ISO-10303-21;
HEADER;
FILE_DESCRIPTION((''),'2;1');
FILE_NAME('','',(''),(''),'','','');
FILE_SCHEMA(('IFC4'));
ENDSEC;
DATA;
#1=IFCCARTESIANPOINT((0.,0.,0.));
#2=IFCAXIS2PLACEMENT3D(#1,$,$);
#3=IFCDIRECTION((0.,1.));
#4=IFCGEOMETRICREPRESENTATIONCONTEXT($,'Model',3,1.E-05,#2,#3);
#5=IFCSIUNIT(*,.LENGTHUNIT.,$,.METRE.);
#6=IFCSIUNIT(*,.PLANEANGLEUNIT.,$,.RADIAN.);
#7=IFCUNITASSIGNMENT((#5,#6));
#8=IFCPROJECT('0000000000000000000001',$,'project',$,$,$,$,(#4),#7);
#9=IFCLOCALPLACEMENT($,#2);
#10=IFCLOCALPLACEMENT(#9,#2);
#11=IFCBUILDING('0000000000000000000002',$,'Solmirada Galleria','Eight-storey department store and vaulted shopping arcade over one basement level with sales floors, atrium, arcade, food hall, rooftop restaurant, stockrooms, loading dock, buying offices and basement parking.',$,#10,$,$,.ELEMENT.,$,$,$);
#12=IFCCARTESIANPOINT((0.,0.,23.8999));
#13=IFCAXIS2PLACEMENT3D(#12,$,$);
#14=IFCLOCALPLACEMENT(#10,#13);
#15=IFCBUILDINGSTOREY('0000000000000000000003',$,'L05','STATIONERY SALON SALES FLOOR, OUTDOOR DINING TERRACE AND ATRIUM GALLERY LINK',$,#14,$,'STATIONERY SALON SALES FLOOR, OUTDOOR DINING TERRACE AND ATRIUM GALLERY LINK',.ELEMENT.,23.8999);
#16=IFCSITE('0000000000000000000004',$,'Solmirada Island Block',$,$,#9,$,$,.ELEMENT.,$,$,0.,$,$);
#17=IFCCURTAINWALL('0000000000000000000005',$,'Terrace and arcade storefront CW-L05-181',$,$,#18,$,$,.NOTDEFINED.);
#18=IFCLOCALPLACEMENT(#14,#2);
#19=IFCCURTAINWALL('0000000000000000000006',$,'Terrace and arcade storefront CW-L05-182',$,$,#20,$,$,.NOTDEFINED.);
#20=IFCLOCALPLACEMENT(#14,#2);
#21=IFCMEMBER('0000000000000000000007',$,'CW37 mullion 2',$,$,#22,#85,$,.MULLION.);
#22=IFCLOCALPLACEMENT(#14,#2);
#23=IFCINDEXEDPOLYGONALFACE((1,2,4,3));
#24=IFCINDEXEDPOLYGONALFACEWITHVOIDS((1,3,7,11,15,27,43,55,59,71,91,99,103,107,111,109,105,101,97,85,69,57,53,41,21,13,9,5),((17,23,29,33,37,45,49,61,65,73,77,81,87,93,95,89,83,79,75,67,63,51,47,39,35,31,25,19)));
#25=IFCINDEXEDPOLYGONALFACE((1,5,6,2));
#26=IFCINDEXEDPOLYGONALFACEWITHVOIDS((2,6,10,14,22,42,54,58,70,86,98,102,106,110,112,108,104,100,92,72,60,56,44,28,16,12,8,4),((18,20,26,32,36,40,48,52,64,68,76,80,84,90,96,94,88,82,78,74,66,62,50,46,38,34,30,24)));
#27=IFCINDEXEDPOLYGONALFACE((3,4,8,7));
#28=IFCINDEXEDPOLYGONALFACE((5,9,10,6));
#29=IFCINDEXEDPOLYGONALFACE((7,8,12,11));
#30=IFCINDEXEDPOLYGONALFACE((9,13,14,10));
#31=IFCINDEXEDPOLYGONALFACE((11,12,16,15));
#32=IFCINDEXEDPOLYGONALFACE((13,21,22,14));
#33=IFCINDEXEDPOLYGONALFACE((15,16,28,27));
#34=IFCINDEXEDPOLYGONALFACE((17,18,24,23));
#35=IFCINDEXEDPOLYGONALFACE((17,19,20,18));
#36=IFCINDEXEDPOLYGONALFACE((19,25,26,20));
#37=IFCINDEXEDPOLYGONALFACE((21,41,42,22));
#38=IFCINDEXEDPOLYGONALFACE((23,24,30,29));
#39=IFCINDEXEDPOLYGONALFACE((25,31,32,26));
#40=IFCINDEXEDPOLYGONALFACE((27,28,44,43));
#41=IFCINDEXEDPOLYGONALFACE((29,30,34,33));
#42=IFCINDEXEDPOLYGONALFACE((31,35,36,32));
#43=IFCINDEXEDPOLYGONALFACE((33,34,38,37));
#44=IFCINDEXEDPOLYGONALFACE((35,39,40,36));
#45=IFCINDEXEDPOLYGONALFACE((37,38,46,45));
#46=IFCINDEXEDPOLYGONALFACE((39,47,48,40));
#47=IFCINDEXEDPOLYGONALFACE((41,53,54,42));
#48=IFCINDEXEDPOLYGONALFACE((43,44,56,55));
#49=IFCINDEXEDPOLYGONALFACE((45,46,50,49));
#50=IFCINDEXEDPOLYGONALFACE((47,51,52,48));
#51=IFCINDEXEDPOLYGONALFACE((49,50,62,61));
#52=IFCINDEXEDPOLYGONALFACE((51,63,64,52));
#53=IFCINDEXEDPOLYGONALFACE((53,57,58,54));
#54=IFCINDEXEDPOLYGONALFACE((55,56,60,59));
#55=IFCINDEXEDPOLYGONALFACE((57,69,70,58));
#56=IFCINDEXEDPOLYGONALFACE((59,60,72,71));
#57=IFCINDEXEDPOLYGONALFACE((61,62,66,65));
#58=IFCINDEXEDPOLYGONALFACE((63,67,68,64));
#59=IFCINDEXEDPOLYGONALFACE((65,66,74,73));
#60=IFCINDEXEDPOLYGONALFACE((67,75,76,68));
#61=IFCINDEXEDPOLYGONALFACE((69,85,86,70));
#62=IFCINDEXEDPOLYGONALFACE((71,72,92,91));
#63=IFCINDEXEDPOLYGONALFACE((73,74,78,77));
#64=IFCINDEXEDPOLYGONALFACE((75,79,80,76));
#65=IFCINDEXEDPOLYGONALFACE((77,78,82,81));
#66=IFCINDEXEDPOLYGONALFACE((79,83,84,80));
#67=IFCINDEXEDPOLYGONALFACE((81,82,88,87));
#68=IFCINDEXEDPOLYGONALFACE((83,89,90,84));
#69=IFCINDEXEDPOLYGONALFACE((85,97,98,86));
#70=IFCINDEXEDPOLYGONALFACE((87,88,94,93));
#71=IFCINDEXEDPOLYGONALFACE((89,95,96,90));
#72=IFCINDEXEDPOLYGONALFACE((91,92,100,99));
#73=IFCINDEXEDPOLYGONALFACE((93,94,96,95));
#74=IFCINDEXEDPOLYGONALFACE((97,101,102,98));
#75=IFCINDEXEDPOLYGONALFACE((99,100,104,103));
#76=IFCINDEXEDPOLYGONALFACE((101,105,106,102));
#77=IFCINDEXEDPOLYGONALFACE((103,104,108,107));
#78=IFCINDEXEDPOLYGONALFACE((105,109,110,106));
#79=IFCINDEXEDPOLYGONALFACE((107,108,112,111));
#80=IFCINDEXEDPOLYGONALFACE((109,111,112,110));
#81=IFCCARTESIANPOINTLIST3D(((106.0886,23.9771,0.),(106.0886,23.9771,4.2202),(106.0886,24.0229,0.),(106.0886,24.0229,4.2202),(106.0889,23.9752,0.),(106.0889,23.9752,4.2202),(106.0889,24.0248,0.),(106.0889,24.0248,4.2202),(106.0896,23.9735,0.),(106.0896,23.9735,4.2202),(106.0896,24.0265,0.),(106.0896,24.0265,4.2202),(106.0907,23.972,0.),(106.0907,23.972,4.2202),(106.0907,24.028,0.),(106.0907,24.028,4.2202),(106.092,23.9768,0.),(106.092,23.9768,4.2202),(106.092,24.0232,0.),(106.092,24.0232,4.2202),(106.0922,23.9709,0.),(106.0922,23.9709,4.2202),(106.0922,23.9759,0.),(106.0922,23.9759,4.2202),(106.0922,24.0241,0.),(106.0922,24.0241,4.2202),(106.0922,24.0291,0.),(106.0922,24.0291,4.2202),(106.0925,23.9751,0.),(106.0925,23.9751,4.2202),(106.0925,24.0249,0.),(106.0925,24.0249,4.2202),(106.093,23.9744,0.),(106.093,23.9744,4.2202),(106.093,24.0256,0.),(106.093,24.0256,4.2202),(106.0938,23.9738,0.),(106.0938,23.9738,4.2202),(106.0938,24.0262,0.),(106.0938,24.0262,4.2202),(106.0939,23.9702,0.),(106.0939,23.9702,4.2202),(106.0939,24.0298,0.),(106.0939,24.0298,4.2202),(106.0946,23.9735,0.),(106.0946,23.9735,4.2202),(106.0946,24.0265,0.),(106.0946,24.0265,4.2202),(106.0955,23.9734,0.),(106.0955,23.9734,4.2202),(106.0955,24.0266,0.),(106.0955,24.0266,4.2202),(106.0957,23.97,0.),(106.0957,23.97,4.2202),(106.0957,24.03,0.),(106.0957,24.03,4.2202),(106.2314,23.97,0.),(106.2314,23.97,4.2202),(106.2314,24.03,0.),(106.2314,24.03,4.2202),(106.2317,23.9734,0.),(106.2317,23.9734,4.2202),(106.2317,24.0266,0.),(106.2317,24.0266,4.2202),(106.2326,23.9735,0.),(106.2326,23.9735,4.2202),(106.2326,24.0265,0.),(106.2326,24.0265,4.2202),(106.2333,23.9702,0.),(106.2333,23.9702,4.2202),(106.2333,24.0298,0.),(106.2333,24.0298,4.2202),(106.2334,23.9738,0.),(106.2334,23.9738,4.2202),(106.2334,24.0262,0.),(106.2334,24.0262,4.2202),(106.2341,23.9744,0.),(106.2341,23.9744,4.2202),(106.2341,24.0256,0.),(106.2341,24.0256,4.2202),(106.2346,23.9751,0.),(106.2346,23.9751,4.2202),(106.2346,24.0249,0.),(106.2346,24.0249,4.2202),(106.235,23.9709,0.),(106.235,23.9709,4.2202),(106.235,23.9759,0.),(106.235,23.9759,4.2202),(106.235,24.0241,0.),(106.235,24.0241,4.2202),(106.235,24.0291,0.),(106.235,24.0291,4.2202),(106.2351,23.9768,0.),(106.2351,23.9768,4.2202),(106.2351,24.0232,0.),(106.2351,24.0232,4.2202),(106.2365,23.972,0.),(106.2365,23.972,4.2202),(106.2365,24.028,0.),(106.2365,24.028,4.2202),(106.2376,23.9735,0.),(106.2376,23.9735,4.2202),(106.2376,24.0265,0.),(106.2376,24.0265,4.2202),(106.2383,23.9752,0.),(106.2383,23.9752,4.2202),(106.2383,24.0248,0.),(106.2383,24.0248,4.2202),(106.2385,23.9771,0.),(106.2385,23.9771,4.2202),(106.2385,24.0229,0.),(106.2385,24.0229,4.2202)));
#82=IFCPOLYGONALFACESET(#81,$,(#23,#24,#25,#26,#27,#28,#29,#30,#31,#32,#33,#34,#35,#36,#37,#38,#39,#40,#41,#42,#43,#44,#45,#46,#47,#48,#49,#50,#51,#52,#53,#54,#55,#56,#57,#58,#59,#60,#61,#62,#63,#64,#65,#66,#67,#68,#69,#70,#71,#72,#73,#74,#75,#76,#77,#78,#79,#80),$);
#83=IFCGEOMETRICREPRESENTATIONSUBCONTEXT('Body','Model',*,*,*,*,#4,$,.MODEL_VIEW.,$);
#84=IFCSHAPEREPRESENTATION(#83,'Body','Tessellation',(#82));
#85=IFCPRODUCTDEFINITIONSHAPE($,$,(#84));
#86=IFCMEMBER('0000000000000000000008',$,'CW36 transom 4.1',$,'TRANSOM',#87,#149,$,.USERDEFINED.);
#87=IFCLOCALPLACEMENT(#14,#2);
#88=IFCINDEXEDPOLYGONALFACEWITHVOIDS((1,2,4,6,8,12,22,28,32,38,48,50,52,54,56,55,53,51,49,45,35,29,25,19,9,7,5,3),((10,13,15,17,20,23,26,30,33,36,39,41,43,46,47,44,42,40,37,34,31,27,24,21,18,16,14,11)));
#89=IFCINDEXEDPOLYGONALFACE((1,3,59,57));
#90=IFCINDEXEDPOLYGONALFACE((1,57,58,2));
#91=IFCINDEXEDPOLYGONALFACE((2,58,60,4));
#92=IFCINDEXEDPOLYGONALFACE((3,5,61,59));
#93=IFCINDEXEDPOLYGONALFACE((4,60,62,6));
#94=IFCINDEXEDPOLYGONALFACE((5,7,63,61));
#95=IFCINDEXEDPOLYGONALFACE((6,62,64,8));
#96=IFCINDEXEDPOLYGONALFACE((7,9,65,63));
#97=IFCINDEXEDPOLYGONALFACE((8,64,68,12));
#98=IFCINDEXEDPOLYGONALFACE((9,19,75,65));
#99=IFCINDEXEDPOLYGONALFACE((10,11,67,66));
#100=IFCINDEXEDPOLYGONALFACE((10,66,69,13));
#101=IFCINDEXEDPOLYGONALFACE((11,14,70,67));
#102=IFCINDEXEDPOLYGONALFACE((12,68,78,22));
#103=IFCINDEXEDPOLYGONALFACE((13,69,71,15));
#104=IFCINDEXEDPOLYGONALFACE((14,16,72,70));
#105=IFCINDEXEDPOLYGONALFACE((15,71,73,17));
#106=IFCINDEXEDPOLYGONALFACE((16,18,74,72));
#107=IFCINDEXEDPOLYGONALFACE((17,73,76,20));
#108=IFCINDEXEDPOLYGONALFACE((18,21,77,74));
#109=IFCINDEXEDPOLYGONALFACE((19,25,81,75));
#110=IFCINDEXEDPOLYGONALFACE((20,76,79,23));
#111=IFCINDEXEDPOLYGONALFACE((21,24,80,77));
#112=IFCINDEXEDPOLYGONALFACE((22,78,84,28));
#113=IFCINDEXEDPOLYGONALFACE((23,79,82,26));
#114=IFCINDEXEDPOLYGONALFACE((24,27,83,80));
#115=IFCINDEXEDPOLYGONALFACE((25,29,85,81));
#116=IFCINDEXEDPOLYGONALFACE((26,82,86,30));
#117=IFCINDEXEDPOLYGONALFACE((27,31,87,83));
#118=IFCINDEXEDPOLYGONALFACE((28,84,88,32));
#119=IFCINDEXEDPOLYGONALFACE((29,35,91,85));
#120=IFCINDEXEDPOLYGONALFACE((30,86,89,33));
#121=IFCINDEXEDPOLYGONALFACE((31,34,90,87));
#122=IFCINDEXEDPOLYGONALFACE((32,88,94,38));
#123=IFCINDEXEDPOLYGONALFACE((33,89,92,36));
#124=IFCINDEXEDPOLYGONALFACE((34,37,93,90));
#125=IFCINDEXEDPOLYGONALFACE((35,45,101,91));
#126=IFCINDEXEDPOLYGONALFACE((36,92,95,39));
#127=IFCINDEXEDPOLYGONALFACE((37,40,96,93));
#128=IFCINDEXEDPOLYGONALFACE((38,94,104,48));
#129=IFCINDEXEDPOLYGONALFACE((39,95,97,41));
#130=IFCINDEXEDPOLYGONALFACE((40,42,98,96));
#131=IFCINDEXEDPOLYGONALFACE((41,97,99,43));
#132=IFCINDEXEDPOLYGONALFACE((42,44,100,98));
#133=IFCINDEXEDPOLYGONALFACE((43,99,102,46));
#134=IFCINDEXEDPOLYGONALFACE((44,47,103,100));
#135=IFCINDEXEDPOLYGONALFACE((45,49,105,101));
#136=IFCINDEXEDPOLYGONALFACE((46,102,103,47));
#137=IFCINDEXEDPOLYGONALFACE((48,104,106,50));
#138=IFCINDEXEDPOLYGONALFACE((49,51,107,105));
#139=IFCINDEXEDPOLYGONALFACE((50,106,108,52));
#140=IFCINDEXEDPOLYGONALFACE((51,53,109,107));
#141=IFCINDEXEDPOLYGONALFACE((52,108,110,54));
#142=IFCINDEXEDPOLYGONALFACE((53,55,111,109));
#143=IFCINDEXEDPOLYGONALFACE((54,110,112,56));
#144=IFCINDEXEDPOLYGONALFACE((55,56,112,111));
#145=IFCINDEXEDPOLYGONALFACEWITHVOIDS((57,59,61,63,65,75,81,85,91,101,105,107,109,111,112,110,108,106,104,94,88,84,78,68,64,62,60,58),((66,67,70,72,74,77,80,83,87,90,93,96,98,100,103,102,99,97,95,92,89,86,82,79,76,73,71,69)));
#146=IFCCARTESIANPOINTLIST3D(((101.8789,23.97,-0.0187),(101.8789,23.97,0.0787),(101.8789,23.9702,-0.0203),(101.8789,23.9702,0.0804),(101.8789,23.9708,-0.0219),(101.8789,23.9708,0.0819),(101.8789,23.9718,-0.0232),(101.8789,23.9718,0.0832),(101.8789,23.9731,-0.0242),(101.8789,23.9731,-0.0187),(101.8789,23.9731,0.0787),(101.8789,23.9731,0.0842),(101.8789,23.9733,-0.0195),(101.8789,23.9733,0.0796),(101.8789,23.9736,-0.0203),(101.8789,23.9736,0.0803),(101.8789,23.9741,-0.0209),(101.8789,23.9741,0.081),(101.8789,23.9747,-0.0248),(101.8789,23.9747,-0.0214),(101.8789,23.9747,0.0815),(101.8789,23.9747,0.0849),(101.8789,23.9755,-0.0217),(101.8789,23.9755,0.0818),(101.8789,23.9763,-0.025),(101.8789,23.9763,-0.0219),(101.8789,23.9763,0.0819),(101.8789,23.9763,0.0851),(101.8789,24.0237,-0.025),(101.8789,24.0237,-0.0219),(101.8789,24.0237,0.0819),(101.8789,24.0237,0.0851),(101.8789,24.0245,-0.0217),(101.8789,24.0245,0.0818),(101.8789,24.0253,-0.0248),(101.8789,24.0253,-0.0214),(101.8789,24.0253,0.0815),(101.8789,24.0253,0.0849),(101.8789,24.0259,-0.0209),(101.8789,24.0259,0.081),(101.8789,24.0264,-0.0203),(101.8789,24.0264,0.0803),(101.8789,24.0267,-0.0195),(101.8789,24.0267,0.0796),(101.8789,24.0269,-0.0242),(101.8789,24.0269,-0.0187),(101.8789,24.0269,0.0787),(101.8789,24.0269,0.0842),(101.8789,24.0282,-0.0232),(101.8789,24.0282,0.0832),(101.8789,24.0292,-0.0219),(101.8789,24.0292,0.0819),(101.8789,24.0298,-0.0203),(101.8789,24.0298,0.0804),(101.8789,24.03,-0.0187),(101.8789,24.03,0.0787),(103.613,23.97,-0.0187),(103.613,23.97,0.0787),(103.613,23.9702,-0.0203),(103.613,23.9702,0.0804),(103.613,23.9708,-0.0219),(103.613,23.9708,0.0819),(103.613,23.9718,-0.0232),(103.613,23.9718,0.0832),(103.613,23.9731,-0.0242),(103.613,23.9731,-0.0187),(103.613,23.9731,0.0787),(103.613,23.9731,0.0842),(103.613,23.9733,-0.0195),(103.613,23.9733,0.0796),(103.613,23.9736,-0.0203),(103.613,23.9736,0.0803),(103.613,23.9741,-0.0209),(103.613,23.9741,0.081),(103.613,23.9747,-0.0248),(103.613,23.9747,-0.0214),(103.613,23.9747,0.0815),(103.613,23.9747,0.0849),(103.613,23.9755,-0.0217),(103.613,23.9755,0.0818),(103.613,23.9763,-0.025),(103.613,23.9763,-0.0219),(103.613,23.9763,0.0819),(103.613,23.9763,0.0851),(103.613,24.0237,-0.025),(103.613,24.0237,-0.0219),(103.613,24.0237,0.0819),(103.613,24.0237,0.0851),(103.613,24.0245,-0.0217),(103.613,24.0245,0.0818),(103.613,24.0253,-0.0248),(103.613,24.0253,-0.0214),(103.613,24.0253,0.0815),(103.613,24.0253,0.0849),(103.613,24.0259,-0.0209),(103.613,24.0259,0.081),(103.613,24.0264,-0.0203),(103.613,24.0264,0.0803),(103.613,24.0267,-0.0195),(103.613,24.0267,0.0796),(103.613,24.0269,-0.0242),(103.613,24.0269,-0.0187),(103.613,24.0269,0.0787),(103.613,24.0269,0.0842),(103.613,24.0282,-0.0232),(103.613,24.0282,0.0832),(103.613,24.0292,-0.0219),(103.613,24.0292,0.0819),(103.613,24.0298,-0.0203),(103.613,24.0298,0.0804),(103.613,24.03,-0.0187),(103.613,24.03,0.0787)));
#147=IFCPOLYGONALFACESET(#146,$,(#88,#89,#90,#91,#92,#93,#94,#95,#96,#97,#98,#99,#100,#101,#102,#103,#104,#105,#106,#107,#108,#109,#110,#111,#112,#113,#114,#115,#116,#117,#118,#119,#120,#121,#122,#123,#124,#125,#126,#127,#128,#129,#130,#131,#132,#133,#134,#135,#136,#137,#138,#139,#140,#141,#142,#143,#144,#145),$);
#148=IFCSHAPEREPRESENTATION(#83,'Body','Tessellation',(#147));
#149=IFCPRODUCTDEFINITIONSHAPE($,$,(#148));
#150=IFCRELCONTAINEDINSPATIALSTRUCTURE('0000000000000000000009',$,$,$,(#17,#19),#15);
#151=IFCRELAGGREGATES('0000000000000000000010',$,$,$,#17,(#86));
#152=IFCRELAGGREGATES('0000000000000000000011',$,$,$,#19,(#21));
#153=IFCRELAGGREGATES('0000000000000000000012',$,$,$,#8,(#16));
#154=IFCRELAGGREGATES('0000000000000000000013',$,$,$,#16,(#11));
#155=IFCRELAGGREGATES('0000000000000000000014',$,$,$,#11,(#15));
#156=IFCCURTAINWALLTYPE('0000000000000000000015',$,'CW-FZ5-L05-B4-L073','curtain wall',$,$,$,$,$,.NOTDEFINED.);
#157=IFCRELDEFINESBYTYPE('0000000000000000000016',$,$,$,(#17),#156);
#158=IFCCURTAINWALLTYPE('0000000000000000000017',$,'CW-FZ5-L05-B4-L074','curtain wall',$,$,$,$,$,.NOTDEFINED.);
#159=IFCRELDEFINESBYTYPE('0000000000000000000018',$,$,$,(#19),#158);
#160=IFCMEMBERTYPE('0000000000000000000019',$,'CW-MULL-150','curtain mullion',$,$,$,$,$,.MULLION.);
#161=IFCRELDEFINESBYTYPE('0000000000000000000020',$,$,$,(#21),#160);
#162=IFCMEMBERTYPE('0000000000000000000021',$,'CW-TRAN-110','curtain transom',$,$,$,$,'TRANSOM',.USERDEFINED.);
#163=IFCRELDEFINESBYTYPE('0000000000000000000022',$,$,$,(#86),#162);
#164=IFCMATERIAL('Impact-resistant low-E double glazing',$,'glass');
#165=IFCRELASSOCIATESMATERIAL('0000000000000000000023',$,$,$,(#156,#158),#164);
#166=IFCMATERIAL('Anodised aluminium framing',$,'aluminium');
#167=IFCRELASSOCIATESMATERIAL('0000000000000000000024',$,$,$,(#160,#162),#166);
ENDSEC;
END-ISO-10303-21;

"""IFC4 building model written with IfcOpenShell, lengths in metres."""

from ifc_helpers import new_model, si_unit, direction, frame, origin, origin_2d, place, context, subcontext, project, spatial, hollow_rectangle, extrude, material, material_profile, profile_set, type_object, element, aggregate, save


model = new_model("IFC4")

# Units and contexts
model_context = context("Model", 3, precision=1e-05, world=origin(), true_north=direction((0.0, 1.0)))
body_context = subcontext(model_context, "Body", "Model", "MODEL_VIEW")
ifc_project = project(units=[si_unit("LENGTHUNIT", "METRE"), si_unit("PLANEANGLEUNIT", "RADIAN")], contexts=[model_context])

# Site, building, storey
site_placement = place(None, origin())
site = spatial("IfcSite", under=ifc_project, at=site_placement, Name="Solmirada Island Block", CompositionType="ELEMENT", RefElevation=0.0)
building_placement = place(site_placement, origin())
building = spatial("IfcBuilding", under=site, at=building_placement, Name="Solmirada Galleria", Description="Eight-storey department store and vaulted shopping arcade over one basement level with sales floors, atrium, arcade, food hall, rooftop restaurant, stockrooms, loading dock, buying offices and basement parking.", CompositionType="ELEMENT")
storey_placement = place(building_placement, frame((0.0, 0.0, 23.8999)))
storey = spatial("IfcBuildingStorey", under=building, at=storey_placement, Name="L05", Description="STATIONERY SALON SALES FLOOR, OUTDOOR DINING TERRACE AND ATRIUM GALLERY LINK", LongName="STATIONERY SALON SALES FLOOR, OUTDOOR DINING TERRACE AND ATRIUM GALLERY LINK", CompositionType="ELEMENT", Elevation=23.8999)

# Curtain walls, member
ifc_material_1 = material(Name="Impact-resistant low-E double glazing", Category="glass")
curtain_wall_type_1 = type_object("IfcCurtainWallType", Name="CW-FZ5-L05-B4-L073", Description="curtain wall", PredefinedType="NOTDEFINED", material=ifc_material_1)
curtain_wall_1_placement = place(storey_placement, origin())
curtain_wall_1 = element("IfcCurtainWall", 1, at=curtain_wall_1_placement, inside=storey, type_object=curtain_wall_type_1, Name="Terrace and arcade storefront CW-L05-181", PredefinedType="NOTDEFINED")
ifc_material_2 = material(Name="Anodised aluminium framing", Category="aluminium")
ifc_material_profile_1 = material_profile(ifc_material_2, hollow_rectangle(XDim=0.0601, YDim=0.1499, WallThickness=0.0034, InnerFilletRadius=0.0034, OuterFilletRadius=0.0071, at=origin_2d()), Name="ALU-MULL-150X60")
ifc_profile_set_1 = profile_set([ifc_material_profile_1], Name="Anodised aluminium framing")
member_type_1 = type_object("IfcMemberType", Name="CW-MULL-150", Description="curtain mullion", PredefinedType="MULLION", material=ifc_profile_set_1)
curtain_wall_type_2 = type_object("IfcCurtainWallType", Name="CW-FZ5-L05-B4-L074", Description="curtain wall", PredefinedType="NOTDEFINED", material=ifc_material_1)
curtain_wall_2_placement = place(storey_placement, origin())
curtain_wall_2 = element("IfcCurtainWall", 2, at=curtain_wall_2_placement, inside=storey, type_object=curtain_wall_type_2, Name="Terrace and arcade storefront CW-L05-182", PredefinedType="NOTDEFINED")
member_1_placement = place(storey_placement, frame((106.1636, 24.0, 0.0), z_axis=(0.0, 0.0, 1.0), x_axis=(0.0, 1.0, 0.0)))
member_1 = element("IfcMember", 3, at=member_1_placement, type_object=member_type_1, Name="CW37 mullion 2", PredefinedType="MULLION", context=body_context, shape_type="SweptSolid", body=[
    extrude(hollow_rectangle(XDim=0.0601, YDim=0.1499, WallThickness=0.0034, InnerFilletRadius=0.0034, OuterFilletRadius=0.0071, at=origin_2d()), origin(), (0.0, 0.0, 1.0), 4.2202),
])

# Member
ifc_material_profile_2 = material_profile(ifc_material_2, hollow_rectangle(XDim=0.0601, YDim=0.1101, WallThickness=0.0032, InnerFilletRadius=0.0032, OuterFilletRadius=0.0063, at=origin_2d()), Name="ALU-TRAN-110X60")
ifc_profile_set_2 = profile_set([ifc_material_profile_2], Name="Anodised aluminium framing")
member_type_2 = type_object("IfcMemberType", Name="CW-TRAN-110", Description="curtain transom", ElementType="TRANSOM", PredefinedType="USERDEFINED", material=ifc_profile_set_2)
member_2_placement = place(storey_placement, frame((101.8789, 24.0, 0.03), z_axis=(1.0, 0.0, 0.0), x_axis=(0.0, 1.0, 0.0)))
member_2 = element("IfcMember", 4, at=member_2_placement, type_object=member_type_2, Name="CW36 transom 4.1", ObjectType="TRANSOM", PredefinedType="USERDEFINED", context=body_context, shape_type="SweptSolid", body=[
    extrude(hollow_rectangle(XDim=0.0601, YDim=0.1101, WallThickness=0.0032, InnerFilletRadius=0.0032, OuterFilletRadius=0.0063, at=origin_2d()), origin(), (0.0, 0.0, 1.0), 1.7341),
])

aggregate(curtain_wall_1, [member_2])
aggregate(curtain_wall_2, [member_1])

save(model, "model.ifc")
